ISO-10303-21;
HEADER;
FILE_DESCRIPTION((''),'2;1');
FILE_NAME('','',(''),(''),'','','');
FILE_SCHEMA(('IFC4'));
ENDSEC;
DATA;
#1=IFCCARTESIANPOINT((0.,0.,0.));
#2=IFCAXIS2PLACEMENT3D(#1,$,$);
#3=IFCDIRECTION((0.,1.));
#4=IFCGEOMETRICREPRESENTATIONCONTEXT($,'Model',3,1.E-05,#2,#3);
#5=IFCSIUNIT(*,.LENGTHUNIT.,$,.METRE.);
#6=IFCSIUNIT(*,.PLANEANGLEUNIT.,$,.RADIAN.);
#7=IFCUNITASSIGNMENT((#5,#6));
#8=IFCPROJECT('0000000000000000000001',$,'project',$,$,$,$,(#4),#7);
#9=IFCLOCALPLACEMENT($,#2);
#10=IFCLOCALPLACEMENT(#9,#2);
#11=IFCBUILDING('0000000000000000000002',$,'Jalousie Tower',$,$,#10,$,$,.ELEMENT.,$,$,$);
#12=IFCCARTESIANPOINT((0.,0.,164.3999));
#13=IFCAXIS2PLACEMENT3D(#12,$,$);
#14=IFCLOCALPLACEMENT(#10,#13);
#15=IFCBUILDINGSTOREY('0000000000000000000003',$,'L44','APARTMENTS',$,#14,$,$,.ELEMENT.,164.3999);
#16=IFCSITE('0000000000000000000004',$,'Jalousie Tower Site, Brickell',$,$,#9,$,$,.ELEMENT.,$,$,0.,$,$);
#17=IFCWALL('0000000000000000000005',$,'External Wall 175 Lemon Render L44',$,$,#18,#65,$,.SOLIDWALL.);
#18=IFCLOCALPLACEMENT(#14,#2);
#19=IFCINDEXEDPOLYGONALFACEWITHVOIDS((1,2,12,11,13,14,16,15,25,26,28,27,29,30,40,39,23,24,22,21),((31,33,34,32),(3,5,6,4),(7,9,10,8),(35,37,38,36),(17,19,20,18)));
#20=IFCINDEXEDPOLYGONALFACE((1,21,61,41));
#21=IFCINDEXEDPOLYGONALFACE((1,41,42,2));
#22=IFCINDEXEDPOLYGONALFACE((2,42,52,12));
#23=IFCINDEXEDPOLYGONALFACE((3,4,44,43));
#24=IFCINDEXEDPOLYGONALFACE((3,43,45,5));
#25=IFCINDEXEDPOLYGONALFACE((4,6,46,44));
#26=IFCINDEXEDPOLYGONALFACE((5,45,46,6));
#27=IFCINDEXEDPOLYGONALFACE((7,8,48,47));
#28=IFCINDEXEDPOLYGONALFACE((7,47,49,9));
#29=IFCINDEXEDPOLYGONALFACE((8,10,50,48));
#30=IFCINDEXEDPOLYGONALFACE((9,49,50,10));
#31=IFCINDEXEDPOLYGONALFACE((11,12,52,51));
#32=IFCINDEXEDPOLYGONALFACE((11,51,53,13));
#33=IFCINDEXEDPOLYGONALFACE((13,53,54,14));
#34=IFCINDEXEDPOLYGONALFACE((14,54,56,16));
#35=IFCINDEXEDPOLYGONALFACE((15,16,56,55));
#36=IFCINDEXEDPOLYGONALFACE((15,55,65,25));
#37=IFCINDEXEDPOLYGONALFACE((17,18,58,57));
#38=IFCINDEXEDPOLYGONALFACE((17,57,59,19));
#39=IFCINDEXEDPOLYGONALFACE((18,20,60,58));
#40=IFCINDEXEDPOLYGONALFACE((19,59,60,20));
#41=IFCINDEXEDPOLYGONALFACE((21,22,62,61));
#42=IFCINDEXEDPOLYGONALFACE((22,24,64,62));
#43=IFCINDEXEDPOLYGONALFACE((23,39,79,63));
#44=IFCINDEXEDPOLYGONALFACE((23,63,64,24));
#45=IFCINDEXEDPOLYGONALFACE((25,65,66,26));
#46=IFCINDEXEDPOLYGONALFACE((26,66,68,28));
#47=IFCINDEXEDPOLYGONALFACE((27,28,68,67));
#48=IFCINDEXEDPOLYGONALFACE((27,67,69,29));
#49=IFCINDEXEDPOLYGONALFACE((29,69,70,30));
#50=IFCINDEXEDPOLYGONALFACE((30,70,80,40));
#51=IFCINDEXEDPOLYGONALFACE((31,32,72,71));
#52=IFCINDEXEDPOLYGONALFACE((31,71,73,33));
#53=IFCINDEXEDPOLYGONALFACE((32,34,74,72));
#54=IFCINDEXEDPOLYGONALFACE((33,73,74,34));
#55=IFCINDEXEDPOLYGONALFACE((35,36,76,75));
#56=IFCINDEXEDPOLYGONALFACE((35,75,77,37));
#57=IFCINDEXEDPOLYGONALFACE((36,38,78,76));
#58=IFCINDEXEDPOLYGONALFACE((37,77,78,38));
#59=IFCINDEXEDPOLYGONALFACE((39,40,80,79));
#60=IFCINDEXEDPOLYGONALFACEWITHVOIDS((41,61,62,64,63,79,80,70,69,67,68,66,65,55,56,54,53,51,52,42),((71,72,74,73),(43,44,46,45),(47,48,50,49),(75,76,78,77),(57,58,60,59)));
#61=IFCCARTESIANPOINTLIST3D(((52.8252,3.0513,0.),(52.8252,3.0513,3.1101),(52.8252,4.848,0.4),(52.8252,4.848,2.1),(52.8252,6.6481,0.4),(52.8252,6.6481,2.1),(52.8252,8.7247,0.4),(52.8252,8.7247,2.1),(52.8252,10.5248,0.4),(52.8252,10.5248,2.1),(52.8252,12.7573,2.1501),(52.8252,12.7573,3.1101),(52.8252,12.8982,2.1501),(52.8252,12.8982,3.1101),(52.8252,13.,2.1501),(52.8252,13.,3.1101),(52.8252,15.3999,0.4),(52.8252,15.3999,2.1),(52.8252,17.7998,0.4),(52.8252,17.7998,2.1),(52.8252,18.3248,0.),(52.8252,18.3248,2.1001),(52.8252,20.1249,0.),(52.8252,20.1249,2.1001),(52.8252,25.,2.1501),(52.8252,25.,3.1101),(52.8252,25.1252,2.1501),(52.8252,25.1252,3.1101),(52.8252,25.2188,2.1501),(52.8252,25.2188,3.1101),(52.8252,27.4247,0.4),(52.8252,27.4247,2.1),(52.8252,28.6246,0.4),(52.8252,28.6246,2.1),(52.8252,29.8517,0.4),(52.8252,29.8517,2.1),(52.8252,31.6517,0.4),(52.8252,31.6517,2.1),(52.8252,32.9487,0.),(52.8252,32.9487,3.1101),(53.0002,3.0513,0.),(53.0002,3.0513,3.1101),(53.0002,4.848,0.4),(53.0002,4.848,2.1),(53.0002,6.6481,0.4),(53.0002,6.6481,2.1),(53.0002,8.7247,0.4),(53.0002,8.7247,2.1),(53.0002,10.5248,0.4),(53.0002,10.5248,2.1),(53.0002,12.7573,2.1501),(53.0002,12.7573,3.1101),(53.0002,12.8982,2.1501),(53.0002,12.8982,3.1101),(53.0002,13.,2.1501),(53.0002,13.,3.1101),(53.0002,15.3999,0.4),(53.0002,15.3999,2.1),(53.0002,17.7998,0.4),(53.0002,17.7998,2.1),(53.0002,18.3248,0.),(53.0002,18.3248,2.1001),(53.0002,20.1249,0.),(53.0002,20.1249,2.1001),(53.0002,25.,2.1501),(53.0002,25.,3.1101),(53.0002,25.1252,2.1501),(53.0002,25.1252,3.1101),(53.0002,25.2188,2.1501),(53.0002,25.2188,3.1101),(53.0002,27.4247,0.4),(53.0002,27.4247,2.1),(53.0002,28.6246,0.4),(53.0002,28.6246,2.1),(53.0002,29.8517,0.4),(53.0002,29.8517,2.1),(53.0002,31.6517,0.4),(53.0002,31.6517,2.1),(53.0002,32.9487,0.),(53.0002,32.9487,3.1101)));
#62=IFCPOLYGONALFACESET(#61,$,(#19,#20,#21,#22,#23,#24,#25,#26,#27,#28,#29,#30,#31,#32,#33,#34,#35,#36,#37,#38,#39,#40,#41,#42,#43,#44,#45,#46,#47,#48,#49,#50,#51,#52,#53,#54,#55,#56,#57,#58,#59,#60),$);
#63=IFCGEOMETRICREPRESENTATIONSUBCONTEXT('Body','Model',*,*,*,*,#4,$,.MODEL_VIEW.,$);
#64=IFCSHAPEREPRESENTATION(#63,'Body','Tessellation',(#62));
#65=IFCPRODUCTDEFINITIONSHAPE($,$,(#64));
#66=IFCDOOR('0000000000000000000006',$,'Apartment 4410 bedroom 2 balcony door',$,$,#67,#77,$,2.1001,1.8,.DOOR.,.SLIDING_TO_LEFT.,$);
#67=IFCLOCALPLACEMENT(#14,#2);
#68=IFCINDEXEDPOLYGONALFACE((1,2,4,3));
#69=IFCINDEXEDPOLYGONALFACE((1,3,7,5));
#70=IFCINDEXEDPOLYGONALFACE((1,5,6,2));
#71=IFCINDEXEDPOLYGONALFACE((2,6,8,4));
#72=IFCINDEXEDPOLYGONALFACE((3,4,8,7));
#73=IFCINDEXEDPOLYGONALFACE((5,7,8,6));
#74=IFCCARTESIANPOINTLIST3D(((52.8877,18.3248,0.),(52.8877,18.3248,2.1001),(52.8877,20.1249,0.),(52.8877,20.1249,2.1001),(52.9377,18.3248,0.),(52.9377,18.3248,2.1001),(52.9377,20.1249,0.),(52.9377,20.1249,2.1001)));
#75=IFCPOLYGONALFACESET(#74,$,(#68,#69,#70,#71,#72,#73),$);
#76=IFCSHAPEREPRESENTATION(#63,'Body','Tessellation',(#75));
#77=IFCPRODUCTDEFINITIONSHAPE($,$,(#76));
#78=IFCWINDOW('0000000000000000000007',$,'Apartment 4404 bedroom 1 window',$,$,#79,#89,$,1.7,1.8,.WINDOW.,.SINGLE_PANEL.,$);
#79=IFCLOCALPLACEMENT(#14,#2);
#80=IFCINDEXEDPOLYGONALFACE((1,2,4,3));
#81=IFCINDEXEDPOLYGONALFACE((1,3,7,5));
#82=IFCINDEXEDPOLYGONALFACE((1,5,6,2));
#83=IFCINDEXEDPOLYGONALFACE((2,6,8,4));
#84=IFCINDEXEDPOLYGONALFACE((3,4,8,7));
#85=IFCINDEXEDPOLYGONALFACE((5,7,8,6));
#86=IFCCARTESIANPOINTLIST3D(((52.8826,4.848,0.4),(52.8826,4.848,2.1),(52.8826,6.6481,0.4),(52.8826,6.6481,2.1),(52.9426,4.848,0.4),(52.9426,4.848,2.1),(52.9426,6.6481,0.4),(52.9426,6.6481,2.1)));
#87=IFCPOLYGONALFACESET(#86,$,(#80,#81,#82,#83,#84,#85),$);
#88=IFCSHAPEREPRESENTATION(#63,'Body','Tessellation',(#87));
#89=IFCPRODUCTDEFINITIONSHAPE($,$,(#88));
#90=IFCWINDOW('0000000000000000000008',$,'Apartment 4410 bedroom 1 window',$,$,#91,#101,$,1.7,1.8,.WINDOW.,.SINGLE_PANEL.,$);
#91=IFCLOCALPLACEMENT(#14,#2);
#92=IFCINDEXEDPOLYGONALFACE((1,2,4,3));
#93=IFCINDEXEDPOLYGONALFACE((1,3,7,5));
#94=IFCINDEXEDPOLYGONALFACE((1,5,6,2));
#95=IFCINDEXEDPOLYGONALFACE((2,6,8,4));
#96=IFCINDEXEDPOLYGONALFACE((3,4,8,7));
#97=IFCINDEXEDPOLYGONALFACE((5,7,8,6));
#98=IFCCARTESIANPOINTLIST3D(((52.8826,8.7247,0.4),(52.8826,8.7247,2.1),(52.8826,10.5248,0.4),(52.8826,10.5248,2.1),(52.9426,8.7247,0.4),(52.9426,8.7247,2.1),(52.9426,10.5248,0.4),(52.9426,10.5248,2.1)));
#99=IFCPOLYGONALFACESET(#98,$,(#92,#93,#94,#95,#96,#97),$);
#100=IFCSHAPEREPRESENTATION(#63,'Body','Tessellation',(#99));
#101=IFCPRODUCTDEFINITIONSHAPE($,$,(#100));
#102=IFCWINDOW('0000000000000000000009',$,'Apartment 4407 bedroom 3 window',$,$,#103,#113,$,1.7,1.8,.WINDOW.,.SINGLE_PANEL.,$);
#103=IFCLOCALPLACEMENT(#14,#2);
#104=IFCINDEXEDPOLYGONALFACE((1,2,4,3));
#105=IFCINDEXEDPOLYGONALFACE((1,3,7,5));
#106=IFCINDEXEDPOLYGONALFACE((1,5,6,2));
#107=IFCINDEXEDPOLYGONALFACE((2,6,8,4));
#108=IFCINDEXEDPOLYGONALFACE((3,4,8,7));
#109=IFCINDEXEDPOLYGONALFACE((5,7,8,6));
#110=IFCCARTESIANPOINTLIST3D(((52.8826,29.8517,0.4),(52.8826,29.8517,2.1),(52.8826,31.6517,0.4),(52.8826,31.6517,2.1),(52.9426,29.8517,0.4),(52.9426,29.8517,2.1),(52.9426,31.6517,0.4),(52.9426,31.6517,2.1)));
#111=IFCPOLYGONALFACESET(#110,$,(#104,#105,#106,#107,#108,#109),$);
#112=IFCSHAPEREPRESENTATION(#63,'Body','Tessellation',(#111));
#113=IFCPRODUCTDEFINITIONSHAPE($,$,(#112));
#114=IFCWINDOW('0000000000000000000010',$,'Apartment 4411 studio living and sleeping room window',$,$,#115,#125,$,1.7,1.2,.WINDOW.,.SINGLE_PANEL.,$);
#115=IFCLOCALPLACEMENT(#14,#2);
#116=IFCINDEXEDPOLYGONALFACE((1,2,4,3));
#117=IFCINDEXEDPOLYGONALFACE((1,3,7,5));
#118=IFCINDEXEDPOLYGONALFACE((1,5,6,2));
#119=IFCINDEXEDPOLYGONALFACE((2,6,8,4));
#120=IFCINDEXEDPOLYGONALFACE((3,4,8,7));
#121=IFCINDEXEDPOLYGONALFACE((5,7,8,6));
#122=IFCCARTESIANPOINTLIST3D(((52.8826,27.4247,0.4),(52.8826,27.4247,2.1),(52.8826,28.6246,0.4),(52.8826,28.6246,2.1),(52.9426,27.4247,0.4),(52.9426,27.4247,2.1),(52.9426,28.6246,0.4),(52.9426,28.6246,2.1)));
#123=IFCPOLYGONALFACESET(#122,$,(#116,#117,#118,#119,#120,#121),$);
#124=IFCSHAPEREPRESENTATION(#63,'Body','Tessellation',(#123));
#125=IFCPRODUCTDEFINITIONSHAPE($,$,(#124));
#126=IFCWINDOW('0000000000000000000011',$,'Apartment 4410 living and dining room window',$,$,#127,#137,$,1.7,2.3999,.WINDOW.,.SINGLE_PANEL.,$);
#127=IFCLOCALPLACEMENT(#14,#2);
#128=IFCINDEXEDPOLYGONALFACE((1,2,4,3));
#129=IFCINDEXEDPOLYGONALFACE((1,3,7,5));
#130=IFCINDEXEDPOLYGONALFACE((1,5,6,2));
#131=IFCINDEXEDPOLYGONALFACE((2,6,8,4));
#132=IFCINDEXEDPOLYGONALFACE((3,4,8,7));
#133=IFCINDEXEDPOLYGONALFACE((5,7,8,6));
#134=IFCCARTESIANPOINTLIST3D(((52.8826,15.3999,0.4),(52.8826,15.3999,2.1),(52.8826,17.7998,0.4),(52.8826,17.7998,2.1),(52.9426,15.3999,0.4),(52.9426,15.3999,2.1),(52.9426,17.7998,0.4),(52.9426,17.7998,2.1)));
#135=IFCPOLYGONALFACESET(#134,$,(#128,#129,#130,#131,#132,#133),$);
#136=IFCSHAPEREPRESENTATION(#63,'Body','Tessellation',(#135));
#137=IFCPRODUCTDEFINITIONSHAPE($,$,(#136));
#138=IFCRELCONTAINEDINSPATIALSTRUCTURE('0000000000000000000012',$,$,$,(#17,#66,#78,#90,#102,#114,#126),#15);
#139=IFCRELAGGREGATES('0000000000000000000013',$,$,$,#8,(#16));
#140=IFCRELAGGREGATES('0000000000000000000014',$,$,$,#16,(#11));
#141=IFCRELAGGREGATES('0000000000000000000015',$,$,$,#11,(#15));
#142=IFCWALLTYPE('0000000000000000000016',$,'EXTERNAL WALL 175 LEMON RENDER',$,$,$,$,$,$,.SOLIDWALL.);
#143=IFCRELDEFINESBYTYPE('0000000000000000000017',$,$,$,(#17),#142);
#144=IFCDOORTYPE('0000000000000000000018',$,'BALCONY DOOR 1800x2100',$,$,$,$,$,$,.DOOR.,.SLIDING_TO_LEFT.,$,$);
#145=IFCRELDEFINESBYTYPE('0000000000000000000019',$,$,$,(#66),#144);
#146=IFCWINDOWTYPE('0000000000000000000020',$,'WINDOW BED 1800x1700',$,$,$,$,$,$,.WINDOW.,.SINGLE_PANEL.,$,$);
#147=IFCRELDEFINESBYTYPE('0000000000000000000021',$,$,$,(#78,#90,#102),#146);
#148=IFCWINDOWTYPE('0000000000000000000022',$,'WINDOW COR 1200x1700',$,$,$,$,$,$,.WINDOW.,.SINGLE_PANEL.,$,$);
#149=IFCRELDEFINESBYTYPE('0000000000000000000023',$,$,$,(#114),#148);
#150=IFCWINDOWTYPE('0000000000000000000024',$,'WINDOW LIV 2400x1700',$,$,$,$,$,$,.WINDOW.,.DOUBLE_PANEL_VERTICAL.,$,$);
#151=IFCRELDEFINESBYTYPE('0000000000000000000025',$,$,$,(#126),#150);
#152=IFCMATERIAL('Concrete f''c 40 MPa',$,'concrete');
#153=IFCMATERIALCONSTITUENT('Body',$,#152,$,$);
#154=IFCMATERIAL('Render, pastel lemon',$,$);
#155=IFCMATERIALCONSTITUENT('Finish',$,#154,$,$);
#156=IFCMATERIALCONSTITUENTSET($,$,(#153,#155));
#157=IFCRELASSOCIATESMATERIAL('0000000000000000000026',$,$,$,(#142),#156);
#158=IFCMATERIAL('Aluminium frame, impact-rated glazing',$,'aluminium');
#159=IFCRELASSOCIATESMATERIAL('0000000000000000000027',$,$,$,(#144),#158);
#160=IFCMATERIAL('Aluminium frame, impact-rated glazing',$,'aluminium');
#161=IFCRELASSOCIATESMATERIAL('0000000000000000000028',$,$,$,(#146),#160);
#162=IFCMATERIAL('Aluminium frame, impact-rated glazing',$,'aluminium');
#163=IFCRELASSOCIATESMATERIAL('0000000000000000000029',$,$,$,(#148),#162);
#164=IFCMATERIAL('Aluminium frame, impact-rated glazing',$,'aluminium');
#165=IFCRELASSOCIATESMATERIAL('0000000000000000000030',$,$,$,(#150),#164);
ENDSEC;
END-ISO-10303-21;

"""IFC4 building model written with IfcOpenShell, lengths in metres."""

from ifc_helpers import new_model, si_unit, direction, frame, frame_2d, origin, place, context, subcontext, project, spatial, polyline, rectangle, outline, extrude, material, constituent, constituent_set, type_object, element, fill, save


model = new_model("IFC4")

# Units and contexts
model_context = context("Model", 3, precision=1e-05, world=origin(), true_north=direction((0.0, 1.0)))
body_context = subcontext(model_context, "Body", "Model", "MODEL_VIEW")
ifc_project = project(units=[si_unit("LENGTHUNIT", "METRE"), si_unit("PLANEANGLEUNIT", "RADIAN")], contexts=[model_context])

# Site, building, storey
site_placement = place(None, origin())
site = spatial("IfcSite", under=ifc_project, at=site_placement, Name="Jalousie Tower Site, Brickell", CompositionType="ELEMENT", RefElevation=0.0)
building_placement = place(site_placement, origin())
building = spatial("IfcBuilding", under=site, at=building_placement, Name="Jalousie Tower", CompositionType="ELEMENT")
storey_placement = place(building_placement, frame((0.0, 0.0, 164.3999)))
storey = spatial("IfcBuildingStorey", under=building, at=storey_placement, Name="L44", Description="APARTMENTS", CompositionType="ELEMENT", Elevation=164.3999)

# Wall, openings, door, windows
ifc_material_1 = material(Name="Concrete f'c 40 MPa", Category="concrete")
ifc_constituent_1 = constituent(ifc_material_1, Name="Body")
ifc_material_2 = material(Name="Render, pastel lemon")
ifc_constituent_2 = constituent(ifc_material_2, Name="Finish")
ifc_constituent_set = constituent_set(constituents=[ifc_constituent_1, ifc_constituent_2])
wall_type = type_object("IfcWallType", Name="EXTERNAL WALL 175 LEMON RENDER", PredefinedType="SOLIDWALL", material=ifc_constituent_set)
wall_placement = place(storey_placement, frame((52.9126, 3.0513, 0.0), z_axis=(0.0, 0.0, 1.0), x_axis=(0.0, 1.0, 0.0)))
wall = element("IfcWall", 1, at=wall_placement, inside=storey, type_object=wall_type, Name="External Wall 175 Lemon Render L44", PredefinedType="SOLIDWALL", context=body_context, shape_type="SweptSolid", body=[
    extrude(outline(polyline([(0.0, 0.0), (29.8975, 0.0), (29.8975, 3.1101), (22.1675, 3.1101), (22.1675, 2.1501), (22.074, 2.1501), (22.074, 3.1101), (21.9487, 3.1101), (21.9487, 2.1501), (9.9487, 2.1501), (9.9487, 3.1101), (9.8469, 3.1101), (9.8469, 2.1501), (9.7061, 2.1501), (9.7061, 3.1101), (0.0, 3.1101), (0.0, 0.0)])), frame((0.0, 0.0874, 0.0), z_axis=(0.0, -1.0, 0.0), x_axis=(1.0, 0.0, 0.0)), (0.0, 0.0, 1.0), 0.175),
])
opening_1_placement = place(wall_placement, frame((1.7969, 0.0, 0.3999)))
opening_1 = element("IfcOpeningElement", 2, at=opening_1_placement, cuts=wall, PredefinedType="OPENING", context=body_context, shape_type="SweptSolid", body=[
    extrude(rectangle(XDim=1.8, YDim=1.7, at=frame_2d((0.8999, 0.8501))), frame((0.0, 0.0974, 0.0), z_axis=(0.0, -1.0, 0.0), x_axis=(1.0, 0.0, 0.0)), (0.0, 0.0, 1.0), 0.1951),
])
opening_2_placement = place(wall_placement, frame((5.6736, 0.0, 0.3999)))
opening_2 = element("IfcOpeningElement", 3, at=opening_2_placement, cuts=wall, PredefinedType="OPENING", context=body_context, shape_type="SweptSolid", body=[
    extrude(rectangle(XDim=1.8, YDim=1.7, at=frame_2d((0.8999, 0.8501))), frame((0.0, 0.0974, 0.0), z_axis=(0.0, -1.0, 0.0), x_axis=(1.0, 0.0, 0.0)), (0.0, 0.0, 1.0), 0.1951),
])
opening_3_placement = place(wall_placement, frame((12.3486, 0.0, 0.3999)))
opening_3 = element("IfcOpeningElement", 4, at=opening_3_placement, cuts=wall, PredefinedType="OPENING", context=body_context, shape_type="SweptSolid", body=[
    extrude(rectangle(XDim=2.3999, YDim=1.7, at=frame_2d((1.2, 0.8501))), frame((0.0, 0.0974, 0.0), z_axis=(0.0, -1.0, 0.0), x_axis=(1.0, 0.0, 0.0)), (0.0, 0.0, 1.0), 0.1951),
])
opening_4_placement = place(wall_placement, frame((15.2737, 0.0, 0.0)))
opening_4 = element("IfcOpeningElement", 5, at=opening_4_placement, cuts=wall, PredefinedType="OPENING", context=body_context, shape_type="SweptSolid", body=[
    extrude(rectangle(XDim=1.8, YDim=2.1001, at=frame_2d((0.8999, 1.05))), frame((0.0, 0.0974, 0.0), z_axis=(0.0, -1.0, 0.0), x_axis=(1.0, 0.0, 0.0)), (0.0, 0.0, 1.0), 0.1951),
])
opening_5_placement = place(wall_placement, frame((24.3733, 0.0, 0.3999)))
opening_5 = element("IfcOpeningElement", 6, at=opening_5_placement, cuts=wall, PredefinedType="OPENING", context=body_context, shape_type="SweptSolid", body=[
    extrude(rectangle(XDim=1.2, YDim=1.7, at=frame_2d((0.6001, 0.8501))), frame((0.0, 0.0974, 0.0), z_axis=(0.0, -1.0, 0.0), x_axis=(1.0, 0.0, 0.0)), (0.0, 0.0, 1.0), 0.1951),
])
opening_6_placement = place(wall_placement, frame((26.8005, 0.0, 0.3999)))
opening_6 = element("IfcOpeningElement", 7, at=opening_6_placement, cuts=wall, PredefinedType="OPENING", context=body_context, shape_type="SweptSolid", body=[
    extrude(rectangle(XDim=1.8, YDim=1.7, at=frame_2d((0.8999, 0.8501))), frame((0.0, 0.0974, 0.0), z_axis=(0.0, -1.0, 0.0), x_axis=(1.0, 0.0, 0.0)), (0.0, 0.0, 1.0), 0.1951),
])
ifc_material_3 = material(Name="Aluminium frame, impact-rated glazing", Category="aluminium")
door_type = type_object("IfcDoorType", Name="BALCONY DOOR 1800x2100", OperationType="SLIDING_TO_LEFT", PredefinedType="DOOR", material=ifc_material_3)
door_placement = place(opening_4_placement, origin())
door = element("IfcDoor", 8, at=door_placement, inside=storey, type_object=door_type, Name="Apartment 4410 bedroom 2 balcony door", OperationType="SLIDING_TO_LEFT", OverallHeight=2.1001, OverallWidth=1.8, PredefinedType="DOOR", context=body_context, shape_type="SweptSolid", body=[
    extrude(rectangle(XDim=1.8, YDim=2.1001, at=frame_2d((0.8999, 1.05))), frame((0.0, 0.0249, 0.0), z_axis=(0.0, -1.0, 0.0), x_axis=(1.0, 0.0, 0.0)), (0.0, 0.0, 1.0), 0.05),
])
fill(opening_4, door)
ifc_material_4 = material(Name="Aluminium frame, impact-rated glazing", Category="aluminium")
window_type_1 = type_object("IfcWindowType", Name="WINDOW BED 1800x1700", PartitioningType="SINGLE_PANEL", PredefinedType="WINDOW", material=ifc_material_4)
window_1_placement = place(opening_1_placement, origin())
window_1 = element("IfcWindow", 9, at=window_1_placement, inside=storey, type_object=window_type_1, Name="Apartment 4404 bedroom 1 window", OverallHeight=1.7, OverallWidth=1.8, PartitioningType="SINGLE_PANEL", PredefinedType="WINDOW", context=body_context, shape_type="SweptSolid", body=[
    extrude(rectangle(XDim=1.8, YDim=1.7, at=frame_2d((0.8999, 0.8501))), frame((0.0, 0.03, 0.0), z_axis=(0.0, -1.0, 0.0), x_axis=(1.0, 0.0, 0.0)), (0.0, 0.0, 1.0), 0.0601),
])
fill(opening_1, window_1)
window_2_placement = place(opening_2_placement, origin())
window_2 = element("IfcWindow", 10, at=window_2_placement, inside=storey, type_object=window_type_1, Name="Apartment 4410 bedroom 1 window", OverallHeight=1.7, OverallWidth=1.8, PartitioningType="SINGLE_PANEL", PredefinedType="WINDOW", context=body_context, shape_type="SweptSolid", body=[
    extrude(rectangle(XDim=1.8, YDim=1.7, at=frame_2d((0.8999, 0.8501))), frame((0.0, 0.03, 0.0), z_axis=(0.0, -1.0, 0.0), x_axis=(1.0, 0.0, 0.0)), (0.0, 0.0, 1.0), 0.0601),
])
fill(opening_2, window_2)
window_3_placement = place(opening_6_placement, origin())
window_3 = element("IfcWindow", 11, at=window_3_placement, inside=storey, type_object=window_type_1, Name="Apartment 4407 bedroom 3 window", OverallHeight=1.7, OverallWidth=1.8, PartitioningType="SINGLE_PANEL", PredefinedType="WINDOW", context=body_context, shape_type="SweptSolid", body=[
    extrude(rectangle(XDim=1.8, YDim=1.7, at=frame_2d((0.8999, 0.8501))), frame((0.0, 0.03, 0.0), z_axis=(0.0, -1.0, 0.0), x_axis=(1.0, 0.0, 0.0)), (0.0, 0.0, 1.0), 0.0601),
])
fill(opening_6, window_3)
ifc_material_5 = material(Name="Aluminium frame, impact-rated glazing", Category="aluminium")
window_type_2 = type_object("IfcWindowType", Name="WINDOW COR 1200x1700", PartitioningType="SINGLE_PANEL", PredefinedType="WINDOW", material=ifc_material_5)
window_4_placement = place(opening_5_placement, origin())
window_4 = element("IfcWindow", 12, at=window_4_placement, inside=storey, type_object=window_type_2, Name="Apartment 4411 studio living and sleeping room window", OverallHeight=1.7, OverallWidth=1.2, PartitioningType="SINGLE_PANEL", PredefinedType="WINDOW", context=body_context, shape_type="SweptSolid", body=[
    extrude(rectangle(XDim=1.2, YDim=1.7, at=frame_2d((0.6001, 0.8501))), frame((0.0, 0.03, 0.0), z_axis=(0.0, -1.0, 0.0), x_axis=(1.0, 0.0, 0.0)), (0.0, 0.0, 1.0), 0.0601),
])
fill(opening_5, window_4)
ifc_material_6 = material(Name="Aluminium frame, impact-rated glazing", Category="aluminium")
window_type_3 = type_object("IfcWindowType", Name="WINDOW LIV 2400x1700", PartitioningType="DOUBLE_PANEL_VERTICAL", PredefinedType="WINDOW", material=ifc_material_6)
window_5_placement = place(opening_3_placement, origin())
window_5 = element("IfcWindow", 13, at=window_5_placement, inside=storey, type_object=window_type_3, Name="Apartment 4410 living and dining room window", OverallHeight=1.7, OverallWidth=2.3999, PartitioningType="SINGLE_PANEL", PredefinedType="WINDOW", context=body_context, shape_type="SweptSolid", body=[
    extrude(rectangle(XDim=2.3999, YDim=1.7, at=frame_2d((1.2, 0.8501))), frame((0.0, 0.03, 0.0), z_axis=(0.0, -1.0, 0.0), x_axis=(1.0, 0.0, 0.0)), (0.0, 0.0, 1.0), 0.0601),
])
fill(opening_3, window_5)

save(model, "model.ifc")
